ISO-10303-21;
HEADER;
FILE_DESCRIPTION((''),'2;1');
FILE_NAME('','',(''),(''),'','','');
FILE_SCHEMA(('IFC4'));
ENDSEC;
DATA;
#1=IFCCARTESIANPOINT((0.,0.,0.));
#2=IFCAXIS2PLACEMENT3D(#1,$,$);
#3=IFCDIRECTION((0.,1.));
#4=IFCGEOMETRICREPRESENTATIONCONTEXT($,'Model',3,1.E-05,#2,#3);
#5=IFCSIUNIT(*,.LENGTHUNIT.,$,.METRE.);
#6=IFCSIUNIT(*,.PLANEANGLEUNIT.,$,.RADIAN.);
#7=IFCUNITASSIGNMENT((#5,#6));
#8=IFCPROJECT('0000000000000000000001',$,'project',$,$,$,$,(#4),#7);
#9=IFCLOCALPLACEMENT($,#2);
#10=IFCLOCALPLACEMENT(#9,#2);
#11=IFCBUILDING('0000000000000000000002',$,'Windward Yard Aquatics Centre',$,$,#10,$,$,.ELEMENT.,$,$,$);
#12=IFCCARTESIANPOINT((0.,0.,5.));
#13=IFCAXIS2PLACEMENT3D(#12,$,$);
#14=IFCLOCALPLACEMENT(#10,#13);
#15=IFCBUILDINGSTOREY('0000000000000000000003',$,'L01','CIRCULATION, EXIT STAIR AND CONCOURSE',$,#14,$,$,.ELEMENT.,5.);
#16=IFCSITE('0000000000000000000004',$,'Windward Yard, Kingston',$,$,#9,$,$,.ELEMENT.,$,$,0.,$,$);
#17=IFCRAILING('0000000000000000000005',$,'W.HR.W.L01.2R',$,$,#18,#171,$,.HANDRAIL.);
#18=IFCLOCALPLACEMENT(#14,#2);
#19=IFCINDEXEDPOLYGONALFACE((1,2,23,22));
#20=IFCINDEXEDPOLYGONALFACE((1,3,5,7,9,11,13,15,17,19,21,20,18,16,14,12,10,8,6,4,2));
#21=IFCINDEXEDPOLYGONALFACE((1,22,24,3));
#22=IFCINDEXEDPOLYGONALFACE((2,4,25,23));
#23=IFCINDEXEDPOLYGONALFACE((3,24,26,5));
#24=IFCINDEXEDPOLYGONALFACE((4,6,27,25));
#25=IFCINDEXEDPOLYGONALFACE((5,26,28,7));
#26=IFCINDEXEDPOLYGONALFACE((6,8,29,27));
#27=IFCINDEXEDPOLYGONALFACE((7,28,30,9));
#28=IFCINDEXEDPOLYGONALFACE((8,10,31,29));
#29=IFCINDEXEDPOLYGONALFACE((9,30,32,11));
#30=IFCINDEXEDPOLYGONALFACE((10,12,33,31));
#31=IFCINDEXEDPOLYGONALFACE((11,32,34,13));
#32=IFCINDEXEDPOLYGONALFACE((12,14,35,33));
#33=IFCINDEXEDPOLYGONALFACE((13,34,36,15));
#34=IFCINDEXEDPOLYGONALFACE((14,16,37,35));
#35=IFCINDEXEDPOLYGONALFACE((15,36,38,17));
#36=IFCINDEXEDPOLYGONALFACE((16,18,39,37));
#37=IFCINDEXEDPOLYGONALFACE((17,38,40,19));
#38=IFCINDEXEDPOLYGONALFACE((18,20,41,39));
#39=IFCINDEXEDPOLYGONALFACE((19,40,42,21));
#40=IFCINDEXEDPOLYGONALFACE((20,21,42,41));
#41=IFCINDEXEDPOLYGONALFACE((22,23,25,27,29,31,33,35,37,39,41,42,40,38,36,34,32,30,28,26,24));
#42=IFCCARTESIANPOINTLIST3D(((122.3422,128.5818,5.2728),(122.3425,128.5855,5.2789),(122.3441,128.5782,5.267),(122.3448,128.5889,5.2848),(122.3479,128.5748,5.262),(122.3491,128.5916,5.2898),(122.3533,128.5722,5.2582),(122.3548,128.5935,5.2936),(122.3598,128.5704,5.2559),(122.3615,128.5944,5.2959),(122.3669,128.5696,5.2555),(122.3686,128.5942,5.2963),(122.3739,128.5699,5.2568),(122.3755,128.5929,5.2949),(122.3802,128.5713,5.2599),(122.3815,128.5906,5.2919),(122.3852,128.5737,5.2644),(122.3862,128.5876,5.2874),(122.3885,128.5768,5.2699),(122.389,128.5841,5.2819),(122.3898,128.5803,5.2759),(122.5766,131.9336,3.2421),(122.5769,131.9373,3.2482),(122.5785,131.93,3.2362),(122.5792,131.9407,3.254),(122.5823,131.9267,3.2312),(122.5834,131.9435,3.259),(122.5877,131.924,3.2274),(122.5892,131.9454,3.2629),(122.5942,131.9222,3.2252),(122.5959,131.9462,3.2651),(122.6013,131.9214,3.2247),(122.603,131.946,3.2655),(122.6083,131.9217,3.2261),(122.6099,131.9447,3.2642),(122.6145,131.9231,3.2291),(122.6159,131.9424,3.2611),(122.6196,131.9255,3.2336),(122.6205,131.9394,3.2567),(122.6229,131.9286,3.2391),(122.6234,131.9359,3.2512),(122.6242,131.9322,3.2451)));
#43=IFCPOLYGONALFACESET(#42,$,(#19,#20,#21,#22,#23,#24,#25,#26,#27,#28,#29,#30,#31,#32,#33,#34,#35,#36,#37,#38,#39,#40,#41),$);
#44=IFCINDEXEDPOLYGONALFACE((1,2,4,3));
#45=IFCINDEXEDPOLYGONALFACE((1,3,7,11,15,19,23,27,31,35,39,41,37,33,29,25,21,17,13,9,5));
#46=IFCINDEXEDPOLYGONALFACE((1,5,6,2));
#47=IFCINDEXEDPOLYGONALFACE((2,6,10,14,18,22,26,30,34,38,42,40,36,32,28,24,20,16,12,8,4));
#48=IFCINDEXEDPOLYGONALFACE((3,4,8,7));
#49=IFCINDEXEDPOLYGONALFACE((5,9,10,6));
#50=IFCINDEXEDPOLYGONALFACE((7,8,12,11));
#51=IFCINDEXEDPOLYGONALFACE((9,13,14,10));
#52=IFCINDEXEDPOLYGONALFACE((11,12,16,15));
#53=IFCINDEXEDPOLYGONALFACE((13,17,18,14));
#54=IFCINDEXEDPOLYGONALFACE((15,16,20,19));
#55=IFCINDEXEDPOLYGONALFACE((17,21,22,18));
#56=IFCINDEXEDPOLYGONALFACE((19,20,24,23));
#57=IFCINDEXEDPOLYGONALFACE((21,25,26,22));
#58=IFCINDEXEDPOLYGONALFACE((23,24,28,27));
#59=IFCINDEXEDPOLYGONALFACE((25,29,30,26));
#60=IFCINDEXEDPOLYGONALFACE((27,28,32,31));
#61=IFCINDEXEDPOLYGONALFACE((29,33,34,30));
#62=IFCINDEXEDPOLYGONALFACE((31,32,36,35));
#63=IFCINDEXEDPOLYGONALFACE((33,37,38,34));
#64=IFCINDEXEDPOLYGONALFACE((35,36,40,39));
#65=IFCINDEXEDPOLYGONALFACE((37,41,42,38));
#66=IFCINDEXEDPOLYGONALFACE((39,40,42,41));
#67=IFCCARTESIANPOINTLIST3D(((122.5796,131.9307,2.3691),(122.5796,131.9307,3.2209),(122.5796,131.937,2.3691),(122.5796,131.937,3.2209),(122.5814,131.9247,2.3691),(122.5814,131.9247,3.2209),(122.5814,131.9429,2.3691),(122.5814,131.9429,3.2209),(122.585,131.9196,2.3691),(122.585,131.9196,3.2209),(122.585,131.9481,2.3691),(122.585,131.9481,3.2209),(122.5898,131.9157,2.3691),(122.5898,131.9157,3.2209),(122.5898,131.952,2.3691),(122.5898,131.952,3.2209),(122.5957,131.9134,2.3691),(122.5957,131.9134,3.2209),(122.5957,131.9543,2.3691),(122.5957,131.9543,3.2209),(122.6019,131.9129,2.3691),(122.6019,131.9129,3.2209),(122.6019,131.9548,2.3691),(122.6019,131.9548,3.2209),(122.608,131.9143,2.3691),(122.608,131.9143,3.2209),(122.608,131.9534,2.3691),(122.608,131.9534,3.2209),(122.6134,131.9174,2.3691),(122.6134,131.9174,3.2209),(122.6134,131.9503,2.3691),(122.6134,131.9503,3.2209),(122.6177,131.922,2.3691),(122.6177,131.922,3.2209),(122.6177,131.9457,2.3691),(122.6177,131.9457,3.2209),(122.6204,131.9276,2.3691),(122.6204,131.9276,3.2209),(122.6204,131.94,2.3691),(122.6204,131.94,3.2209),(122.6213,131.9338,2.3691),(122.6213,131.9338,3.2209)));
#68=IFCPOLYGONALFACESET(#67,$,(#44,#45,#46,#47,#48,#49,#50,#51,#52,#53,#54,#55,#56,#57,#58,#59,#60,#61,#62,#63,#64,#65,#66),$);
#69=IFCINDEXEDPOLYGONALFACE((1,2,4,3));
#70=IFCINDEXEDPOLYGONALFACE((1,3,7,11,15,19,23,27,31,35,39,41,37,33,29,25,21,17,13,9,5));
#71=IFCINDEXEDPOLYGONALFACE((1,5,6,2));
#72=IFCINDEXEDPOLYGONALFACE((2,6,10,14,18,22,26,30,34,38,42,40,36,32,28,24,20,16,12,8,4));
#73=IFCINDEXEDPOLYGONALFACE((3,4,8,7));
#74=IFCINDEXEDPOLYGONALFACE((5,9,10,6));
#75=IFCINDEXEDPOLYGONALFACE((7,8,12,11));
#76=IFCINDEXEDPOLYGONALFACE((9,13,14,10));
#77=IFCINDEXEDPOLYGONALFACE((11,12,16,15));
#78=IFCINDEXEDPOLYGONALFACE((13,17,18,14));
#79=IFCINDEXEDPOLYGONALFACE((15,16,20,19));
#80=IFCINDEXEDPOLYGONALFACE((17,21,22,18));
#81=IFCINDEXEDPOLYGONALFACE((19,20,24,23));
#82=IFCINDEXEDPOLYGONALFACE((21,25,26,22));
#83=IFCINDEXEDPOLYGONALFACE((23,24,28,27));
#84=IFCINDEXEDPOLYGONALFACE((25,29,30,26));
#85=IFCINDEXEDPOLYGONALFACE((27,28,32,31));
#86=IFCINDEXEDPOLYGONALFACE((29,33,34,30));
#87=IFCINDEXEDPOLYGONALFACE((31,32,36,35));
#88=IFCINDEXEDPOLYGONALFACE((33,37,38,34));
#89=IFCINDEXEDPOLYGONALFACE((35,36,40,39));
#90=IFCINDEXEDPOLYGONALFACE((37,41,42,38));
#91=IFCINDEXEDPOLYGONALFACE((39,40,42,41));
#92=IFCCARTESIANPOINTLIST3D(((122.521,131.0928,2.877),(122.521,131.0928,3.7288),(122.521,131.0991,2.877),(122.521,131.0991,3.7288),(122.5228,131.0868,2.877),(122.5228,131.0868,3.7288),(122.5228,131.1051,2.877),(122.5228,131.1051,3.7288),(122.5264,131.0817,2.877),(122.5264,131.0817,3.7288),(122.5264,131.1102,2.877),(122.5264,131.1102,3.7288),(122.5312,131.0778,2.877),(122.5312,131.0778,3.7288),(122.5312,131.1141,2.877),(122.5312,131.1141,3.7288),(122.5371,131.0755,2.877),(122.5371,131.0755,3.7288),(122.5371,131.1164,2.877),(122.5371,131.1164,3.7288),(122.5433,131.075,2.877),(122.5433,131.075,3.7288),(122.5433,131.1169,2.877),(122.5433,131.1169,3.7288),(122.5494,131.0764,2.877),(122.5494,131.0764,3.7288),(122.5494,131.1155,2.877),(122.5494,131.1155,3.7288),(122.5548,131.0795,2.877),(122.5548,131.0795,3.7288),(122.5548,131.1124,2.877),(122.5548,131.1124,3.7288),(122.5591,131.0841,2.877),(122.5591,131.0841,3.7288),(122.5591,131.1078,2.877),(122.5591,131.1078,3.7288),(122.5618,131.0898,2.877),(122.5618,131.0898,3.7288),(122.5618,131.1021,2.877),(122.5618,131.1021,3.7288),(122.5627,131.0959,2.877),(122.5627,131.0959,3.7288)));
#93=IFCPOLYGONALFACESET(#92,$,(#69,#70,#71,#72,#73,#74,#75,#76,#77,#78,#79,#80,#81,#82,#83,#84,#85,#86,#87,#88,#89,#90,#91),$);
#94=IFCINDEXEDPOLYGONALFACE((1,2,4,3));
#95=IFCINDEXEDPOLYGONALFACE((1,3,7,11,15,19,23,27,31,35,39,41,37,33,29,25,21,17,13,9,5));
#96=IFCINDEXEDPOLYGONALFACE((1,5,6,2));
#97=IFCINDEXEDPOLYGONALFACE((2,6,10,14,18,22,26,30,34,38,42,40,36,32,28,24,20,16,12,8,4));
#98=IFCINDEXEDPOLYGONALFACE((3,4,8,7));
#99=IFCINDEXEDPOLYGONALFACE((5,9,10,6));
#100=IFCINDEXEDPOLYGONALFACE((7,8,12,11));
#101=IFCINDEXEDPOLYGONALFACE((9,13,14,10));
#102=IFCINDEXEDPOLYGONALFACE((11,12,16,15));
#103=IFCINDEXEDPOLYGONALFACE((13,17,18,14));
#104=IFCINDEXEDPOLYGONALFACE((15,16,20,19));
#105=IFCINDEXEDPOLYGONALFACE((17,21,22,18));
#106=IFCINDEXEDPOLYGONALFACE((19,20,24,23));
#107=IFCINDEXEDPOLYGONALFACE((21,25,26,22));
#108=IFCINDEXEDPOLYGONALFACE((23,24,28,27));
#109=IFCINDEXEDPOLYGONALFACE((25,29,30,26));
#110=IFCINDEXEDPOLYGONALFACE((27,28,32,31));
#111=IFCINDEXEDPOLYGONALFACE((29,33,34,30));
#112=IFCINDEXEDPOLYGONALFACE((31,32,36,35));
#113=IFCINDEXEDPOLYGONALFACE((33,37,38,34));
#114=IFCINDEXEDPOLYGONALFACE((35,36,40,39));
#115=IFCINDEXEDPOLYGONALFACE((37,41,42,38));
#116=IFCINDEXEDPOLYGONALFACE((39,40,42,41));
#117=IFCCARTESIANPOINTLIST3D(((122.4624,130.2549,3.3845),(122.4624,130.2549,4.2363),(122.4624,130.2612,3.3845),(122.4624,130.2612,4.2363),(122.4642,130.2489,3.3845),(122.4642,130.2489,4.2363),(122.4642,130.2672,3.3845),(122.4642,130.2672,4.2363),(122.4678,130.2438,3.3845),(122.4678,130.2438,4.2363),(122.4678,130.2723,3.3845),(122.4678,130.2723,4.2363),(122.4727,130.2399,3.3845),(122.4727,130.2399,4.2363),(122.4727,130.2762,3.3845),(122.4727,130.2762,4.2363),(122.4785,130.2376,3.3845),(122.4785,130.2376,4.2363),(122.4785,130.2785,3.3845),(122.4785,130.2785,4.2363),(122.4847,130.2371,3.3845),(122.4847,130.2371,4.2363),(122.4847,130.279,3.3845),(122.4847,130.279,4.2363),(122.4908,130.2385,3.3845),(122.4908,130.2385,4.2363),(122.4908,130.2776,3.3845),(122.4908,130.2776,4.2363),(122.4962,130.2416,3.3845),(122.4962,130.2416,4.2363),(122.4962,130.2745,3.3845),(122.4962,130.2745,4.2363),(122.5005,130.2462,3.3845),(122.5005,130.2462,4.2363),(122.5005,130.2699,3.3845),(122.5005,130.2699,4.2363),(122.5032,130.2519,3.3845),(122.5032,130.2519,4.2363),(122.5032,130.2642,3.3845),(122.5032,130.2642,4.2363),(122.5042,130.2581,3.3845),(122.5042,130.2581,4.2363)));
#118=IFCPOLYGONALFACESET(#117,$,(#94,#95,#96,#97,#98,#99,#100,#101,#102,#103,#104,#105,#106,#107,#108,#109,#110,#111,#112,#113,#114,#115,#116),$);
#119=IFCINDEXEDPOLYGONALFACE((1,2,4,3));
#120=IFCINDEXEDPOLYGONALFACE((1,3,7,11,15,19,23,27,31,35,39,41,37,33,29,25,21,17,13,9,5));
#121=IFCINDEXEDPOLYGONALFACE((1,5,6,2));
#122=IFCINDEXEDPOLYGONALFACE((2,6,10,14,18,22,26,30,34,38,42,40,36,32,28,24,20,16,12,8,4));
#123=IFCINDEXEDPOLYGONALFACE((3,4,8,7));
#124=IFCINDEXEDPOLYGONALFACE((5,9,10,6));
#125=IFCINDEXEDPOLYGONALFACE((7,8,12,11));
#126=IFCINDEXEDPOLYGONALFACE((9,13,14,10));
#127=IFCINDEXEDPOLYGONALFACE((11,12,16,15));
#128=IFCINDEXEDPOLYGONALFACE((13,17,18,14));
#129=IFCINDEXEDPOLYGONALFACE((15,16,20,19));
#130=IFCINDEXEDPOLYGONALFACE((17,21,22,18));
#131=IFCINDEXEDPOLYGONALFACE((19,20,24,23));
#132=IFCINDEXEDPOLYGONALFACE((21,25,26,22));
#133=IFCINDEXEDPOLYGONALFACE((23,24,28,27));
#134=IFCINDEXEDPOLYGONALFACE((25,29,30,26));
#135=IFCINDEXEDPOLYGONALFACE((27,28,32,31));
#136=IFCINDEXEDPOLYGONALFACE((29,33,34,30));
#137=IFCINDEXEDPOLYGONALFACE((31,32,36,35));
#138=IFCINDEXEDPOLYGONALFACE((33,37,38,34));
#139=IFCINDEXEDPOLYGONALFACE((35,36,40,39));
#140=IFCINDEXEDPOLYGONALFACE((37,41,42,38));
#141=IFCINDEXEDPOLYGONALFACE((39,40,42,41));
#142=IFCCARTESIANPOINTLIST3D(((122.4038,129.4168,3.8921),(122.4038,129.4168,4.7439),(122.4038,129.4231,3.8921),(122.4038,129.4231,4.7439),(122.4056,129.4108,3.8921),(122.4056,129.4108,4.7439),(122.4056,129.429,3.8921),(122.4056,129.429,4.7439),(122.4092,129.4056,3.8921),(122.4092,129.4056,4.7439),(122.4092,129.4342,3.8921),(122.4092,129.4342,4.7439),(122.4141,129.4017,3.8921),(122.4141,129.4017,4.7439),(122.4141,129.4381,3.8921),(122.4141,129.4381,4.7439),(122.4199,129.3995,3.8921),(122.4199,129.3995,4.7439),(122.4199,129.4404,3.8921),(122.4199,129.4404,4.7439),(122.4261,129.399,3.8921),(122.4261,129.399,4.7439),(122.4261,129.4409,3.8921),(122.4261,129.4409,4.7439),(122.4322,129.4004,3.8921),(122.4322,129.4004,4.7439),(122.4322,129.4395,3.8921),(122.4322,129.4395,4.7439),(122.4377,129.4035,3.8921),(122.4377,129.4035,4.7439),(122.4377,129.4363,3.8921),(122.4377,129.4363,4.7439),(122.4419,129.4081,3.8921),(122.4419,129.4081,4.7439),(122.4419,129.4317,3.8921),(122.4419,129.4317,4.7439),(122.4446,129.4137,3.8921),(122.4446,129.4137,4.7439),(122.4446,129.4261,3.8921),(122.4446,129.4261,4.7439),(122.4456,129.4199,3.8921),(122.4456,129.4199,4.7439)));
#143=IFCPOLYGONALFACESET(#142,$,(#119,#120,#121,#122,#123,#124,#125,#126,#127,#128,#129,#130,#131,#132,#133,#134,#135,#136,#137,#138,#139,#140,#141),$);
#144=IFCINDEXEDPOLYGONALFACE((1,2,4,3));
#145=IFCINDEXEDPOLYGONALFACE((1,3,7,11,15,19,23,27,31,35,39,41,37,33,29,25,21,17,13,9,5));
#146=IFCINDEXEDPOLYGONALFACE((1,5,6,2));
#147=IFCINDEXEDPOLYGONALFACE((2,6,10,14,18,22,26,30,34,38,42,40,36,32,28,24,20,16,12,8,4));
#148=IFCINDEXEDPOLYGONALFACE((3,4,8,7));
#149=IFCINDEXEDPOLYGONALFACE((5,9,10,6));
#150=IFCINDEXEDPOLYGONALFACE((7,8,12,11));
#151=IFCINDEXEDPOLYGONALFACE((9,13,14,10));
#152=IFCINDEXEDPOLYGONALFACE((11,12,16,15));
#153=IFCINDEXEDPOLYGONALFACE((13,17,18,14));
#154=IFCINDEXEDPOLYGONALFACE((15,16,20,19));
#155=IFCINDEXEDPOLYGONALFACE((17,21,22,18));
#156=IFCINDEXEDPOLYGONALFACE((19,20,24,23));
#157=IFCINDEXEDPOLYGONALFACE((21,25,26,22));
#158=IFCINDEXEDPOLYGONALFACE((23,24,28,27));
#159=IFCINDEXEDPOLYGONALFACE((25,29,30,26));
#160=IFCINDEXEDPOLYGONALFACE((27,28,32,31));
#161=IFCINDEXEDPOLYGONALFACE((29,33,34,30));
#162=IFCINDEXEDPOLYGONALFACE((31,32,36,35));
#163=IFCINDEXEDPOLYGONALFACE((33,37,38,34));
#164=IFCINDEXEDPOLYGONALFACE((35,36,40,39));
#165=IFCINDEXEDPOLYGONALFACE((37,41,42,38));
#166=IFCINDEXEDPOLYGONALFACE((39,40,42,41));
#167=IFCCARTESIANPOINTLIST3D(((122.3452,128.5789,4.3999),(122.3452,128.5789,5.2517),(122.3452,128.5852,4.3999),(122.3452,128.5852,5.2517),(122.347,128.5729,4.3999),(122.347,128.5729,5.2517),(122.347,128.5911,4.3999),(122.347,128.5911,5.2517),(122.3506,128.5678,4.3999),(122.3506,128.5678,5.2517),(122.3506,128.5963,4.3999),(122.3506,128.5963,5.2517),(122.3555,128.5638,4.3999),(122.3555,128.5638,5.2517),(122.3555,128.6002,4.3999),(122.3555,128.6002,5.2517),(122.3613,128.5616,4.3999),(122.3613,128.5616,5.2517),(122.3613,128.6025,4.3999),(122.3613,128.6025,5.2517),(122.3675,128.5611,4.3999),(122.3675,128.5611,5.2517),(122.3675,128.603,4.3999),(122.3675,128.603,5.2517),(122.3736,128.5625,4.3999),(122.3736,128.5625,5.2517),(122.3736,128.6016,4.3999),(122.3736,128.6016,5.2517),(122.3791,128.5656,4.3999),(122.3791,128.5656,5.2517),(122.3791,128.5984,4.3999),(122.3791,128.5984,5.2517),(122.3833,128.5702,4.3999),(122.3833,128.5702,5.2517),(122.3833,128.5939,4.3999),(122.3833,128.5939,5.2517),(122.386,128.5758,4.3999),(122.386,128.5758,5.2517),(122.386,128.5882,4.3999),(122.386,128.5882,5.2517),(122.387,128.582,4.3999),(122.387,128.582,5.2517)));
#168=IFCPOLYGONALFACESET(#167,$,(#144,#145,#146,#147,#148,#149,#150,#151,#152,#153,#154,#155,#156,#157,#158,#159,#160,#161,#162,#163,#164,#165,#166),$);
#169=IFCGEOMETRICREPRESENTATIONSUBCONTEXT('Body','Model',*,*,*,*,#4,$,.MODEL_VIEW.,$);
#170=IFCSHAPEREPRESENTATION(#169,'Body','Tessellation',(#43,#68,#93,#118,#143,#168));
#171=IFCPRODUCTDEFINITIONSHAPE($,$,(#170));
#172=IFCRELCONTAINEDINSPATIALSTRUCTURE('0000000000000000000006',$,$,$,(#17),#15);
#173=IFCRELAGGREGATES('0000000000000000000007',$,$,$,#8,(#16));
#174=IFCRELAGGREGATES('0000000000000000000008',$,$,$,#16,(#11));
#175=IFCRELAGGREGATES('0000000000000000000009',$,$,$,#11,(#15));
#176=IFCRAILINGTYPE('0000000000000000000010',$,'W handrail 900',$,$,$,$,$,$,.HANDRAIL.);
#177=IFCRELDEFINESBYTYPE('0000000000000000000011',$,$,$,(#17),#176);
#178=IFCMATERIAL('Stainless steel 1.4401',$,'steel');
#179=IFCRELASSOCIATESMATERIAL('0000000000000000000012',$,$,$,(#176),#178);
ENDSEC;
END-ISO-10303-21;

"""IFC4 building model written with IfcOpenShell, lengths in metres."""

from ifc_helpers import new_model, si_unit, direction, frame, origin, origin_2d, place, context, subcontext, project, spatial, circle, extrude, material, type_object, element, save


model = new_model("IFC4")

# Units and contexts
model_context = context("Model", 3, precision=1e-05, world=origin(), true_north=direction((0.0, 1.0)))
body_context = subcontext(model_context, "Body", "Model", "MODEL_VIEW")
ifc_project = project(units=[si_unit("LENGTHUNIT", "METRE"), si_unit("PLANEANGLEUNIT", "RADIAN")], contexts=[model_context])

# Site, building, storey
site_placement = place(None, origin())
site = spatial("IfcSite", under=ifc_project, at=site_placement, Name="Windward Yard, Kingston", CompositionType="ELEMENT", RefElevation=0.0)
building_placement = place(site_placement, origin())
building = spatial("IfcBuilding", under=site, at=building_placement, Name="Windward Yard Aquatics Centre", CompositionType="ELEMENT")
storey_placement = place(building_placement, frame((0.0, 0.0, 5.0)))
storey = spatial("IfcBuildingStorey", under=building, at=storey_placement, Name="L01", Description="CIRCULATION, EXIT STAIR AND CONCOURSE", CompositionType="ELEMENT", Elevation=5.0)

# Railing
ifc_material_1 = material(Name="Stainless steel 1.4401", Category="steel")
railing_type_1 = type_object("IfcRailingType", Name="W handrail 900", PredefinedType="HANDRAIL", material=ifc_material_1)
railing_1_placement = place(storey_placement, frame((122.6003, 131.9338, 2.3691)))
element("IfcRailing", 1, at=railing_1_placement, inside=storey, type_object=railing_type_1, Name="W.HR.W.L01.2R", PredefinedType="HANDRAIL", context=body_context, shape_type="SweptSolid", body=[
    extrude(circle(Radius=0.0239, at=origin_2d()), frame((0.0, 0.0, 0.876), z_axis=(-0.059698, -0.853744, 0.517259), x_axis=(0.997564, -0.069755, 0.0)), (0.0, 0.0, 1.0), 3.926),
    extrude(circle(Radius=0.021, at=origin_2d()), origin(), (0.0, 0.0, 1.0), 0.8518),
    extrude(circle(Radius=0.021, at=origin_2d()), frame((-0.0586, -0.8379, 0.5078)), (0.0, 0.0, 1.0), 0.8518),
    extrude(circle(Radius=0.021, at=origin_2d()), frame((-0.1172, -1.6758, 1.0154)), (0.0, 0.0, 1.0), 0.8518),
    extrude(circle(Radius=0.021, at=origin_2d()), frame((-0.1758, -2.5139, 1.5229)), (0.0, 0.0, 1.0), 0.8518),
    extrude(circle(Radius=0.021, at=origin_2d()), frame((-0.2344, -3.3518, 2.0308)), (0.0, 0.0, 1.0), 0.8518),
])

save(model, "model.ifc")
